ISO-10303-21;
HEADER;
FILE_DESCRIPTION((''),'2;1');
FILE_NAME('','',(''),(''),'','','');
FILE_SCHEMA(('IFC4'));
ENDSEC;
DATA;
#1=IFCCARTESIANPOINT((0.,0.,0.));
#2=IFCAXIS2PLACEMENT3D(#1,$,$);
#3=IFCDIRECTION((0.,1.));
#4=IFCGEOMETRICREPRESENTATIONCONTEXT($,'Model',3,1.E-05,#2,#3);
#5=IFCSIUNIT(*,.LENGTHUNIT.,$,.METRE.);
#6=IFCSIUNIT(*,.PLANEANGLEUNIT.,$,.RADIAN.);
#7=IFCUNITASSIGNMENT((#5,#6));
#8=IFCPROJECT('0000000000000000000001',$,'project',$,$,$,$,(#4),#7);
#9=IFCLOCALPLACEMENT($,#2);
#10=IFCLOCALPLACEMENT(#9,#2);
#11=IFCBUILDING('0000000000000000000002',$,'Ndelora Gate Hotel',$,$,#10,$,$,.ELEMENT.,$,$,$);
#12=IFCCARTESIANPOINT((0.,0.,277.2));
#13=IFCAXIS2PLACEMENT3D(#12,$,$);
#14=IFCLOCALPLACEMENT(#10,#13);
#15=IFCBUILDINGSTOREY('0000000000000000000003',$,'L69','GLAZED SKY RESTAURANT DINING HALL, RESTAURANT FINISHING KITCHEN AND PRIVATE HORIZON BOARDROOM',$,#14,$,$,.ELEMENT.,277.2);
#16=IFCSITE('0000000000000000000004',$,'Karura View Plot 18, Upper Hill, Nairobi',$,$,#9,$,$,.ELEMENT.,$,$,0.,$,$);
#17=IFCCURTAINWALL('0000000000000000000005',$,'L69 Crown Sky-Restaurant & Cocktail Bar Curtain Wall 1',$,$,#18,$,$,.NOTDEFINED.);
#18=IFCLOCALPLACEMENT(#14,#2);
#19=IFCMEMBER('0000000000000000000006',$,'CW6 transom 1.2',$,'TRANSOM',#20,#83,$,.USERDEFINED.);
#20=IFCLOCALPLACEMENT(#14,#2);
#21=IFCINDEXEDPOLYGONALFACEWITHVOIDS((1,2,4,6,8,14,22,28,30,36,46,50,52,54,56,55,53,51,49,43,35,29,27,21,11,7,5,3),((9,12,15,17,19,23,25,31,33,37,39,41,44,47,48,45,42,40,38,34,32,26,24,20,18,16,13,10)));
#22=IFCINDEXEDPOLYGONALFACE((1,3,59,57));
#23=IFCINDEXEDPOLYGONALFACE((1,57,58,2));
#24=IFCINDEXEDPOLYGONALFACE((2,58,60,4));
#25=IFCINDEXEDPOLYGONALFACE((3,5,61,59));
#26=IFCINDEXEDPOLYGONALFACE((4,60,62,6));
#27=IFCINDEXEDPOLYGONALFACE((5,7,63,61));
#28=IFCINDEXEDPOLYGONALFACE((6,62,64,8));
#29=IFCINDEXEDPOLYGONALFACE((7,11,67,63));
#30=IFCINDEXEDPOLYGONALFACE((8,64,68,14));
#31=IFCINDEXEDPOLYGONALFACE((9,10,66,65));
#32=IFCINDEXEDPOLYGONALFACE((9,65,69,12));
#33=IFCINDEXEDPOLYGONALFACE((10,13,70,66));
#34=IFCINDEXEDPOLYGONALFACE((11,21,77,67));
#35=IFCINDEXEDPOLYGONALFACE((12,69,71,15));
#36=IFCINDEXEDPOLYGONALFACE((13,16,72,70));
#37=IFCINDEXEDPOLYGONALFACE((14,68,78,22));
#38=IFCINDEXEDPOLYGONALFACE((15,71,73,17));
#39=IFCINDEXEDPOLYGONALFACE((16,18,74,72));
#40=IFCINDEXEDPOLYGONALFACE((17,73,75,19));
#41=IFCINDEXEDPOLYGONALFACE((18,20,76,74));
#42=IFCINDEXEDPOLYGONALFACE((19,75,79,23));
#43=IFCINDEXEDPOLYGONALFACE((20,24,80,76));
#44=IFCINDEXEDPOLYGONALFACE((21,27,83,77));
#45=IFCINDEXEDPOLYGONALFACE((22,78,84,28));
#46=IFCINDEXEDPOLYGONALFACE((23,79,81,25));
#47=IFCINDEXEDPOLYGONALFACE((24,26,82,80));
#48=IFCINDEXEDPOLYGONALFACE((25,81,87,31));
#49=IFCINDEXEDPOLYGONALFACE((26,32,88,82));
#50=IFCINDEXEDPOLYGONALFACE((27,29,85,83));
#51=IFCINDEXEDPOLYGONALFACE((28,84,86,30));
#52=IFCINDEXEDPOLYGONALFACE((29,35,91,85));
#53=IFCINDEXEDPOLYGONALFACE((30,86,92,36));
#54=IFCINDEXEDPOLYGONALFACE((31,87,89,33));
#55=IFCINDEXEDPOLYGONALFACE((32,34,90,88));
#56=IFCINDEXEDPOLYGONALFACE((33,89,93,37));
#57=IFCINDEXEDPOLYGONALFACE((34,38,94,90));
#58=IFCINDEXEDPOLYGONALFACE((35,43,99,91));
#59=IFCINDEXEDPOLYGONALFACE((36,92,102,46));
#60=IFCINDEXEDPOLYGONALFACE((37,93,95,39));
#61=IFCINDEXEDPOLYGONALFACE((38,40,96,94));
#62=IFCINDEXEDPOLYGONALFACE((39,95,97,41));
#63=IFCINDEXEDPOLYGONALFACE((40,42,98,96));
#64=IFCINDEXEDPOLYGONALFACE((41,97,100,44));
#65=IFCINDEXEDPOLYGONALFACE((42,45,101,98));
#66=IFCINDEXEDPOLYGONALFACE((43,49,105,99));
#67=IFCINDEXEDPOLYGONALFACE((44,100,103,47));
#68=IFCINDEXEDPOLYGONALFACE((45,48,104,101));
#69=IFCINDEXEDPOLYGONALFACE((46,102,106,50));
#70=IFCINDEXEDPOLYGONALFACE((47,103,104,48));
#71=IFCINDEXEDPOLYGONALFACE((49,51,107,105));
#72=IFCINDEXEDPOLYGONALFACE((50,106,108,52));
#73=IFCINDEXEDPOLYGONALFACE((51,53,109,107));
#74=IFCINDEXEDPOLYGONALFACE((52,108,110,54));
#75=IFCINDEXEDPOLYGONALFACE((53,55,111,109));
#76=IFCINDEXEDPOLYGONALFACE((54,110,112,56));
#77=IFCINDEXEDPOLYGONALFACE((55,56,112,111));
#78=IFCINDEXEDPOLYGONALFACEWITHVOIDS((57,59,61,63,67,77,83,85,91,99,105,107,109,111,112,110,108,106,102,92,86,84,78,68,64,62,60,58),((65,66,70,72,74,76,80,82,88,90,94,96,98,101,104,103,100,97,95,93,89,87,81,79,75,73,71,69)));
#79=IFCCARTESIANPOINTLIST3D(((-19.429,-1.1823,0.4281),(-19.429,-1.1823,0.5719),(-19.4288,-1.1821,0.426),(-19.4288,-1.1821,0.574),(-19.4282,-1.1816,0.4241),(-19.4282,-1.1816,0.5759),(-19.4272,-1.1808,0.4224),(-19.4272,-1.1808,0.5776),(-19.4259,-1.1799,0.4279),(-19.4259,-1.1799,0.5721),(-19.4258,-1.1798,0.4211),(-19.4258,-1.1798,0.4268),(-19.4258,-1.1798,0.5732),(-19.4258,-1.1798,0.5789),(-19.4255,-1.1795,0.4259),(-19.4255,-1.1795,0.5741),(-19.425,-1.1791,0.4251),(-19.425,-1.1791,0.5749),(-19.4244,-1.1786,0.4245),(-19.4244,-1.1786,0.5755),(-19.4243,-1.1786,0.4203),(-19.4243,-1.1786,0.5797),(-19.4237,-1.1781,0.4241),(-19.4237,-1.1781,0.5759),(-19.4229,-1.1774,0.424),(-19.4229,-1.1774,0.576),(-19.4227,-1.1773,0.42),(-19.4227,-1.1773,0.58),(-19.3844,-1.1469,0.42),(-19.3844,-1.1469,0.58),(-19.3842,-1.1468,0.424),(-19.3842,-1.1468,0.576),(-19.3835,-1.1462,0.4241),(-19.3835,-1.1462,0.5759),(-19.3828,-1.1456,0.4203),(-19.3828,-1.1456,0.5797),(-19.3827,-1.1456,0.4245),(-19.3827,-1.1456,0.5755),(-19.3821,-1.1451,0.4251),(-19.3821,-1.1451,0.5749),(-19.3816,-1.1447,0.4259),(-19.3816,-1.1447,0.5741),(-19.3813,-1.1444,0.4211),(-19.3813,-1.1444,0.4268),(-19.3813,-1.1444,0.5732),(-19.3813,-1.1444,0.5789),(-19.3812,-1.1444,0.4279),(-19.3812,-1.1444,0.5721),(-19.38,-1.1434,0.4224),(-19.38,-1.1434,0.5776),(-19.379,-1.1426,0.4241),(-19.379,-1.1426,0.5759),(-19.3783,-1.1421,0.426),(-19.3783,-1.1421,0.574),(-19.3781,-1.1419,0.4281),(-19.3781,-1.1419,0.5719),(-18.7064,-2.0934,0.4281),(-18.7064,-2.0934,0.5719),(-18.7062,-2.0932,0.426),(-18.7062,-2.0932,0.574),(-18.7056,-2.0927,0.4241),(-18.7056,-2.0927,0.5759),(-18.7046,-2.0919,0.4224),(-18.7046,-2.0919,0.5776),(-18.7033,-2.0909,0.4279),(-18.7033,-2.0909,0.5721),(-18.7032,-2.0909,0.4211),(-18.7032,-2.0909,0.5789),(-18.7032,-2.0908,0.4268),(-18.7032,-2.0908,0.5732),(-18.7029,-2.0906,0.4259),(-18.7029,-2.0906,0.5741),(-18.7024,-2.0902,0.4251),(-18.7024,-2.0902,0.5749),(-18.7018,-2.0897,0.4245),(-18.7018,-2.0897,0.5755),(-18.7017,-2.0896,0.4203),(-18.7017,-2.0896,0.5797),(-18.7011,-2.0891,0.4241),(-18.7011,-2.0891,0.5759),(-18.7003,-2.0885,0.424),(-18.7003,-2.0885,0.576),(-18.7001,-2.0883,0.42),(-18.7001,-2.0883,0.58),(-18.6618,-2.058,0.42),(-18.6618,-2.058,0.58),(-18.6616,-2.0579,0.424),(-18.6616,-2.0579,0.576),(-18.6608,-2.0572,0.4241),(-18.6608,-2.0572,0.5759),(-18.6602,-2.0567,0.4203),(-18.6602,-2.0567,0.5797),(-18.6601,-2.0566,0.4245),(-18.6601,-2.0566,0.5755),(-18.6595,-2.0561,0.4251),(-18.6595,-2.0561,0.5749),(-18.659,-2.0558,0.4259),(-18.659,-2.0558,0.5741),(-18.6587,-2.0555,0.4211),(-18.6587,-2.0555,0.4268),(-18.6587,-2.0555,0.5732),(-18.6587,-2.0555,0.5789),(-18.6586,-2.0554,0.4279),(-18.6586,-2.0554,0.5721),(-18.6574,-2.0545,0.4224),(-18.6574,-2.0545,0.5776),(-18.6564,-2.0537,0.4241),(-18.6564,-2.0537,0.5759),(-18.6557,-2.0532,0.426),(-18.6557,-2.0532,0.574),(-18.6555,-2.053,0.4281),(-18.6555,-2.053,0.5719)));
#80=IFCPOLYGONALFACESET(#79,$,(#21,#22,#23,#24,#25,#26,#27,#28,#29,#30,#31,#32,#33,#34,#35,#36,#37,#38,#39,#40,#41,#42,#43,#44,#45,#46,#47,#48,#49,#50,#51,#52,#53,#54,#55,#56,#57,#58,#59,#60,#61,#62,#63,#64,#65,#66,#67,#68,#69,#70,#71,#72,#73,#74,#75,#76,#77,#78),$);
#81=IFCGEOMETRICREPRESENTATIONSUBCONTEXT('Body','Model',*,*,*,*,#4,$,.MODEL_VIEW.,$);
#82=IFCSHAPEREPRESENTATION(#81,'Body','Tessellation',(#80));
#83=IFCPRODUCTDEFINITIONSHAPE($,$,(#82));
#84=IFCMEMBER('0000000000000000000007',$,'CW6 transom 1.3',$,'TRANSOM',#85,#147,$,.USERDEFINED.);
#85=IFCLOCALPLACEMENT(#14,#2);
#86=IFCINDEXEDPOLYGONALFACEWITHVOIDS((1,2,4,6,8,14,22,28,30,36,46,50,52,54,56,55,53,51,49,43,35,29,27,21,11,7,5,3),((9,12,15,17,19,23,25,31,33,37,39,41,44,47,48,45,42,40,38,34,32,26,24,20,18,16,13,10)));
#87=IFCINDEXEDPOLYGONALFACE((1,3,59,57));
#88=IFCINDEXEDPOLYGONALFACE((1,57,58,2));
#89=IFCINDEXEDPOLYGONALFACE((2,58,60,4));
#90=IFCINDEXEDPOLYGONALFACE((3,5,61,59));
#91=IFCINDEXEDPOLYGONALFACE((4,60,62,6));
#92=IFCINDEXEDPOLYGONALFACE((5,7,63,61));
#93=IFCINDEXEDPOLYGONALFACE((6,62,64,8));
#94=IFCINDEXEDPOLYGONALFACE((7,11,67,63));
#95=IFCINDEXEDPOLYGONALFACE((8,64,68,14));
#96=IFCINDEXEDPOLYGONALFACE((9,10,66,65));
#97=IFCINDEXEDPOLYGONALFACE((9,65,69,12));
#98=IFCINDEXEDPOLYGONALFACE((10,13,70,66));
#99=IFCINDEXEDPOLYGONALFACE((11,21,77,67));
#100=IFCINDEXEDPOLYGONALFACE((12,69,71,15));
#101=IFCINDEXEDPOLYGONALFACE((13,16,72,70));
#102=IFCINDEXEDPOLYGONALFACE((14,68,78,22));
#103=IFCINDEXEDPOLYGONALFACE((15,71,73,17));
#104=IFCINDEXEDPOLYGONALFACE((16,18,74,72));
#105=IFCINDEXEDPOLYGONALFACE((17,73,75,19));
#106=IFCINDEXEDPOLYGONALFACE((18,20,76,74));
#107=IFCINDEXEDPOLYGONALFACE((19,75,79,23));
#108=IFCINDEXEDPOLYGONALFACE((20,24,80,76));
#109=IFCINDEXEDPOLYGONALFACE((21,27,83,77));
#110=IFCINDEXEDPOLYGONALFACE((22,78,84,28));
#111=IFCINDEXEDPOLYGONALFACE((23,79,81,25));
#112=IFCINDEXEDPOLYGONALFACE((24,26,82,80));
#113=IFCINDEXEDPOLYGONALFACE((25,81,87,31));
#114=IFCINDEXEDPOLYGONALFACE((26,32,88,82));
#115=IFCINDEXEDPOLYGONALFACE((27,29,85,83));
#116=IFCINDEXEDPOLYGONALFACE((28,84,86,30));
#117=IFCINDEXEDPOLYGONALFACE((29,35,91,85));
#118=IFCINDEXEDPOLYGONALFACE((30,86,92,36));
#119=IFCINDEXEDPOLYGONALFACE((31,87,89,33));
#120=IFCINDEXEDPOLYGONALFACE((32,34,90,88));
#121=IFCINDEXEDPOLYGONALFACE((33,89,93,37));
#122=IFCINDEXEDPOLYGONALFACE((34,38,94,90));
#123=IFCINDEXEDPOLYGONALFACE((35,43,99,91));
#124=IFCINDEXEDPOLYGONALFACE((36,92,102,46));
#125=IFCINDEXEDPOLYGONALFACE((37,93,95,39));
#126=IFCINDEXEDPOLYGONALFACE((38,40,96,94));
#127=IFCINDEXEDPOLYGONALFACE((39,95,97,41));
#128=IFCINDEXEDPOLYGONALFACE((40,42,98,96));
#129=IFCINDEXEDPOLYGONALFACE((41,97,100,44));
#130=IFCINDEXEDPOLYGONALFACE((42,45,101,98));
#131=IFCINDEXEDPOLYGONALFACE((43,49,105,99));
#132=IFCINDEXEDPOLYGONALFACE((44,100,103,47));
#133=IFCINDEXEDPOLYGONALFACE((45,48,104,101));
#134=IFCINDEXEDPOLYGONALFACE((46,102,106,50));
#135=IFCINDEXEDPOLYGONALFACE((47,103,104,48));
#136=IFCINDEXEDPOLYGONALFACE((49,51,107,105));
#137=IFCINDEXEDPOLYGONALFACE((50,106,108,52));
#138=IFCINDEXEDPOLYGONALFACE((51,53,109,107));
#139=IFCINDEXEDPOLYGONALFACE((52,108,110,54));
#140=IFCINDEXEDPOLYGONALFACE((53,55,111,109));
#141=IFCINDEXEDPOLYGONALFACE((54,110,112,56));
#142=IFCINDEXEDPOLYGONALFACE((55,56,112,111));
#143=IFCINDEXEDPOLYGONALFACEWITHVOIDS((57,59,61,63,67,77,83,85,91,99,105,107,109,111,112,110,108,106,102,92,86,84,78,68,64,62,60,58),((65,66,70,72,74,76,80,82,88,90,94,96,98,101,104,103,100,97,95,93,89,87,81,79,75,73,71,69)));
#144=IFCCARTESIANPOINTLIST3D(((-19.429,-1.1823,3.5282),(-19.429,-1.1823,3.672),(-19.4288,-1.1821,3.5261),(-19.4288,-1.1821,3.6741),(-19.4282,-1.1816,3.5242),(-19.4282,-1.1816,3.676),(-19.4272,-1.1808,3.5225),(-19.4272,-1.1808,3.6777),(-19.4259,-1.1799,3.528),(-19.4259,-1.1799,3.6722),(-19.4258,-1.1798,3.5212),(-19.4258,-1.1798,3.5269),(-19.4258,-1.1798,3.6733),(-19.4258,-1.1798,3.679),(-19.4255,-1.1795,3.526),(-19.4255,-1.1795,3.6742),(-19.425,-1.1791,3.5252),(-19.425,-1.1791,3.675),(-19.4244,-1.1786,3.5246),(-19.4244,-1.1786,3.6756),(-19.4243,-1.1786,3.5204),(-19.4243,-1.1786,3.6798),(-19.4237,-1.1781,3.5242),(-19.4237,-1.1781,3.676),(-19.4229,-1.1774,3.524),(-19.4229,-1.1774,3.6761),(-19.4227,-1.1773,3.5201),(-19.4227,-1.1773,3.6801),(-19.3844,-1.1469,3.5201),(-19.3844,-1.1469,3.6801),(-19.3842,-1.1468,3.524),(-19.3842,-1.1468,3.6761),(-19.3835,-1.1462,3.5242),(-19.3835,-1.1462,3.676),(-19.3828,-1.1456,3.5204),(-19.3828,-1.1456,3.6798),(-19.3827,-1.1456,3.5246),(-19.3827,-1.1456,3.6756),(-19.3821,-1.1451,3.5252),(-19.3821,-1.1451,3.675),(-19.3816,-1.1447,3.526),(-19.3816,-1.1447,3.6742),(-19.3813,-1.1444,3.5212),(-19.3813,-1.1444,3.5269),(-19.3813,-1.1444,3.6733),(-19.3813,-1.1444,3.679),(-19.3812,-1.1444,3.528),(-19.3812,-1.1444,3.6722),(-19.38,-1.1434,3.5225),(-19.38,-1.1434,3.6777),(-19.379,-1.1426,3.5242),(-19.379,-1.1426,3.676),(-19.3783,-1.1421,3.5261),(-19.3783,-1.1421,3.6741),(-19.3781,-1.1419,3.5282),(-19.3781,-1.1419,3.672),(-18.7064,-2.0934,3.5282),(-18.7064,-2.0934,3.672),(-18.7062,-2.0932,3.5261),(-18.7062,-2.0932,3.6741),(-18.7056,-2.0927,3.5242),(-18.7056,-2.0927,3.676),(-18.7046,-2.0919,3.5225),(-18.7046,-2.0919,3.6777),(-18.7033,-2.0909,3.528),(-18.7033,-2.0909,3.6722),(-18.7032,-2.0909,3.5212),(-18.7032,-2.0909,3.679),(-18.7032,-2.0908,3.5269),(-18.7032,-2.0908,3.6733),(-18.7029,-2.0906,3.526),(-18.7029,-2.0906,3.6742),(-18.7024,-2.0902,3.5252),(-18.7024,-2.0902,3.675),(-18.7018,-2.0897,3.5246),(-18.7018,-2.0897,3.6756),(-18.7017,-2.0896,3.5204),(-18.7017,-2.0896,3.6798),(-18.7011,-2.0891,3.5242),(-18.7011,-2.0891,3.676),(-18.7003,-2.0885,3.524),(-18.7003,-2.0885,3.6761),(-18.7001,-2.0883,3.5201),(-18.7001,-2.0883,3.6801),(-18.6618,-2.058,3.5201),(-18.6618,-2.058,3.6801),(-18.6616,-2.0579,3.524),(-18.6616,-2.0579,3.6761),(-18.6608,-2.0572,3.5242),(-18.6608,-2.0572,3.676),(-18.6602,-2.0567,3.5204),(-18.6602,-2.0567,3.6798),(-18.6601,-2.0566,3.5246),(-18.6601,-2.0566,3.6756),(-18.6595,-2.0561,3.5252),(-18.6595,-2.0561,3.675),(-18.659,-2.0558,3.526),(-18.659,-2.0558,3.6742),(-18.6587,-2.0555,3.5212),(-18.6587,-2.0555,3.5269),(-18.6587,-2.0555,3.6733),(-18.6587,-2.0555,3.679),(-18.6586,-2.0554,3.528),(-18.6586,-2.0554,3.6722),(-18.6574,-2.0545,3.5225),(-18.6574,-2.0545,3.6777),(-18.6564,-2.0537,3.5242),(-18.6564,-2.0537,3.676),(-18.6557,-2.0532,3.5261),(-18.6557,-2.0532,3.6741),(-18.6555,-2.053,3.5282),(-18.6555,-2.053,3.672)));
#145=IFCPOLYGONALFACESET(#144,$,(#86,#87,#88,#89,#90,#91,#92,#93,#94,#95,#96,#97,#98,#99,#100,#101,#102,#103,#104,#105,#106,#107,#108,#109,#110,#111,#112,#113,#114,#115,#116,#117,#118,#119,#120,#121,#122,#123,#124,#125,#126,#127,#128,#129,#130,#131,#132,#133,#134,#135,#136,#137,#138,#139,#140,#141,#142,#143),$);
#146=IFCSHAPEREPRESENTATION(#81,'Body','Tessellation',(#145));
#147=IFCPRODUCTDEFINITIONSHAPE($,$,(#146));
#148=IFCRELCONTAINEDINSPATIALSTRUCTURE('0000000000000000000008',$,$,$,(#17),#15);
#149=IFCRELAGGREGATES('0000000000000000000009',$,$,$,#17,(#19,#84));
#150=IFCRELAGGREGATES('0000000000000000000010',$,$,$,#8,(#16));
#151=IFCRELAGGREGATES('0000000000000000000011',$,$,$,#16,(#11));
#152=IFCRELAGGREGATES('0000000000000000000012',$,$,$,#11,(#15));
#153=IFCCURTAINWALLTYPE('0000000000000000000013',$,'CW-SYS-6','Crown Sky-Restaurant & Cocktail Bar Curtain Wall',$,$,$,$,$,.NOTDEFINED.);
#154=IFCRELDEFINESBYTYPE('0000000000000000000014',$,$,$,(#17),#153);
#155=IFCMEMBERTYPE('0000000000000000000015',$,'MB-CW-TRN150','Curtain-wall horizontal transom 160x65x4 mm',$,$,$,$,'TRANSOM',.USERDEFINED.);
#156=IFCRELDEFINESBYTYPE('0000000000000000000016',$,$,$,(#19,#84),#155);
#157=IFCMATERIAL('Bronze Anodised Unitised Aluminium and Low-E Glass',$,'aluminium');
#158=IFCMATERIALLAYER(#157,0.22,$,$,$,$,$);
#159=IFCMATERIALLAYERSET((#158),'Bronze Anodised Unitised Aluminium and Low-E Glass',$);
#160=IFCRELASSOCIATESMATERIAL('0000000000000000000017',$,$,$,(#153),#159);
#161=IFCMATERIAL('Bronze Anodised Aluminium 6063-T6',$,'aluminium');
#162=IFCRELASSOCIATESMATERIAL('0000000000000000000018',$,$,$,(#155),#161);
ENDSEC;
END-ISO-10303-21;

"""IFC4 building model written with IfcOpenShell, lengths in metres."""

from ifc_helpers import new_model, si_unit, direction, frame, origin, origin_2d, place, context, subcontext, project, spatial, hollow_rectangle, extrude, material, layer, layer_set, material_profile, profile_set, type_object, element, aggregate, save


model = new_model("IFC4")

# Units and contexts
model_context = context("Model", 3, precision=1e-05, world=origin(), true_north=direction((0.0, 1.0)))
body_context = subcontext(model_context, "Body", "Model", "MODEL_VIEW")
ifc_project = project(units=[si_unit("LENGTHUNIT", "METRE"), si_unit("PLANEANGLEUNIT", "RADIAN")], contexts=[model_context])

# Site, building, storey
site_placement = place(None, origin())
site = spatial("IfcSite", under=ifc_project, at=site_placement, Name="Karura View Plot 18, Upper Hill, Nairobi", CompositionType="ELEMENT", RefElevation=0.0)
building_placement = place(site_placement, origin())
building = spatial("IfcBuilding", under=site, at=building_placement, Name="Ndelora Gate Hotel", CompositionType="ELEMENT")
storey_placement = place(building_placement, frame((0.0, 0.0, 277.2)))
storey = spatial("IfcBuildingStorey", under=building, at=storey_placement, Name="L69", Description="GLAZED SKY RESTAURANT DINING HALL, RESTAURANT FINISHING KITCHEN AND PRIVATE HORIZON BOARDROOM", CompositionType="ELEMENT", Elevation=277.2)

# Curtain wall, members
ifc_material_1 = material(Name="Bronze Anodised Unitised Aluminium and Low-E Glass", Category="aluminium")
ifc_layer_1 = layer(ifc_material_1, 0.22)
ifc_layer_set_1 = layer_set([ifc_layer_1], Name="Bronze Anodised Unitised Aluminium and Low-E Glass")
curtain_wall_type = type_object("IfcCurtainWallType", Name="CW-SYS-6", Description="Crown Sky-Restaurant & Cocktail Bar Curtain Wall", PredefinedType="NOTDEFINED", material=ifc_layer_set_1)
curtain_wall_placement = place(storey_placement, origin())
curtain_wall = element("IfcCurtainWall", 1, at=curtain_wall_placement, inside=storey, type_object=curtain_wall_type, Name="L69 Crown Sky-Restaurant & Cocktail Bar Curtain Wall 1", PredefinedType="NOTDEFINED")
ifc_material_2 = material(Name="Bronze Anodised Aluminium 6063-T6", Category="aluminium")
ifc_material_profile_1 = material_profile(ifc_material_2, hollow_rectangle(XDim=0.0649, YDim=0.1599, WallThickness=0.0039, InnerFilletRadius=0.0039, OuterFilletRadius=0.0081, at=origin_2d()), Name="ALU 160x65x4")
ifc_profile_set_1 = profile_set([ifc_material_profile_1], Name="Bronze Anodised Aluminium 6063-T6")
member_type_1 = type_object("IfcMemberType", Name="MB-CW-TRN150", Description="Curtain-wall horizontal transom 160x65x4 mm", ElementType="TRANSOM", PredefinedType="USERDEFINED", material=ifc_profile_set_1)
member_1_placement = place(storey_placement, frame((-19.4036, -1.1621, 0.5), z_axis=(0.621412, -0.783484, 0.0), x_axis=(0.783484, 0.621412, 0.0)))
member_1 = element("IfcMember", 2, at=member_1_placement, type_object=member_type_1, Name="CW6 transom 1.2", ObjectType="TRANSOM", PredefinedType="USERDEFINED", context=body_context, shape_type="SweptSolid", body=[
    extrude(hollow_rectangle(XDim=0.0649, YDim=0.1599, WallThickness=0.0039, InnerFilletRadius=0.0039, OuterFilletRadius=0.0081, at=origin_2d()), origin(), (0.0, 0.0, 1.0), 1.1628),
])
member_2_placement = place(storey_placement, frame((-19.4036, -1.1621, 3.6001), z_axis=(0.621412, -0.783484, 0.0), x_axis=(0.783484, 0.621412, 0.0)))
member_2 = element("IfcMember", 3, at=member_2_placement, type_object=member_type_1, Name="CW6 transom 1.3", ObjectType="TRANSOM", PredefinedType="USERDEFINED", context=body_context, shape_type="SweptSolid", body=[
    extrude(hollow_rectangle(XDim=0.0649, YDim=0.1599, WallThickness=0.0039, InnerFilletRadius=0.0039, OuterFilletRadius=0.0081, at=origin_2d()), origin(), (0.0, 0.0, 1.0), 1.1628),
])
aggregate(curtain_wall, [member_1, member_2])

save(model, "model.ifc")
